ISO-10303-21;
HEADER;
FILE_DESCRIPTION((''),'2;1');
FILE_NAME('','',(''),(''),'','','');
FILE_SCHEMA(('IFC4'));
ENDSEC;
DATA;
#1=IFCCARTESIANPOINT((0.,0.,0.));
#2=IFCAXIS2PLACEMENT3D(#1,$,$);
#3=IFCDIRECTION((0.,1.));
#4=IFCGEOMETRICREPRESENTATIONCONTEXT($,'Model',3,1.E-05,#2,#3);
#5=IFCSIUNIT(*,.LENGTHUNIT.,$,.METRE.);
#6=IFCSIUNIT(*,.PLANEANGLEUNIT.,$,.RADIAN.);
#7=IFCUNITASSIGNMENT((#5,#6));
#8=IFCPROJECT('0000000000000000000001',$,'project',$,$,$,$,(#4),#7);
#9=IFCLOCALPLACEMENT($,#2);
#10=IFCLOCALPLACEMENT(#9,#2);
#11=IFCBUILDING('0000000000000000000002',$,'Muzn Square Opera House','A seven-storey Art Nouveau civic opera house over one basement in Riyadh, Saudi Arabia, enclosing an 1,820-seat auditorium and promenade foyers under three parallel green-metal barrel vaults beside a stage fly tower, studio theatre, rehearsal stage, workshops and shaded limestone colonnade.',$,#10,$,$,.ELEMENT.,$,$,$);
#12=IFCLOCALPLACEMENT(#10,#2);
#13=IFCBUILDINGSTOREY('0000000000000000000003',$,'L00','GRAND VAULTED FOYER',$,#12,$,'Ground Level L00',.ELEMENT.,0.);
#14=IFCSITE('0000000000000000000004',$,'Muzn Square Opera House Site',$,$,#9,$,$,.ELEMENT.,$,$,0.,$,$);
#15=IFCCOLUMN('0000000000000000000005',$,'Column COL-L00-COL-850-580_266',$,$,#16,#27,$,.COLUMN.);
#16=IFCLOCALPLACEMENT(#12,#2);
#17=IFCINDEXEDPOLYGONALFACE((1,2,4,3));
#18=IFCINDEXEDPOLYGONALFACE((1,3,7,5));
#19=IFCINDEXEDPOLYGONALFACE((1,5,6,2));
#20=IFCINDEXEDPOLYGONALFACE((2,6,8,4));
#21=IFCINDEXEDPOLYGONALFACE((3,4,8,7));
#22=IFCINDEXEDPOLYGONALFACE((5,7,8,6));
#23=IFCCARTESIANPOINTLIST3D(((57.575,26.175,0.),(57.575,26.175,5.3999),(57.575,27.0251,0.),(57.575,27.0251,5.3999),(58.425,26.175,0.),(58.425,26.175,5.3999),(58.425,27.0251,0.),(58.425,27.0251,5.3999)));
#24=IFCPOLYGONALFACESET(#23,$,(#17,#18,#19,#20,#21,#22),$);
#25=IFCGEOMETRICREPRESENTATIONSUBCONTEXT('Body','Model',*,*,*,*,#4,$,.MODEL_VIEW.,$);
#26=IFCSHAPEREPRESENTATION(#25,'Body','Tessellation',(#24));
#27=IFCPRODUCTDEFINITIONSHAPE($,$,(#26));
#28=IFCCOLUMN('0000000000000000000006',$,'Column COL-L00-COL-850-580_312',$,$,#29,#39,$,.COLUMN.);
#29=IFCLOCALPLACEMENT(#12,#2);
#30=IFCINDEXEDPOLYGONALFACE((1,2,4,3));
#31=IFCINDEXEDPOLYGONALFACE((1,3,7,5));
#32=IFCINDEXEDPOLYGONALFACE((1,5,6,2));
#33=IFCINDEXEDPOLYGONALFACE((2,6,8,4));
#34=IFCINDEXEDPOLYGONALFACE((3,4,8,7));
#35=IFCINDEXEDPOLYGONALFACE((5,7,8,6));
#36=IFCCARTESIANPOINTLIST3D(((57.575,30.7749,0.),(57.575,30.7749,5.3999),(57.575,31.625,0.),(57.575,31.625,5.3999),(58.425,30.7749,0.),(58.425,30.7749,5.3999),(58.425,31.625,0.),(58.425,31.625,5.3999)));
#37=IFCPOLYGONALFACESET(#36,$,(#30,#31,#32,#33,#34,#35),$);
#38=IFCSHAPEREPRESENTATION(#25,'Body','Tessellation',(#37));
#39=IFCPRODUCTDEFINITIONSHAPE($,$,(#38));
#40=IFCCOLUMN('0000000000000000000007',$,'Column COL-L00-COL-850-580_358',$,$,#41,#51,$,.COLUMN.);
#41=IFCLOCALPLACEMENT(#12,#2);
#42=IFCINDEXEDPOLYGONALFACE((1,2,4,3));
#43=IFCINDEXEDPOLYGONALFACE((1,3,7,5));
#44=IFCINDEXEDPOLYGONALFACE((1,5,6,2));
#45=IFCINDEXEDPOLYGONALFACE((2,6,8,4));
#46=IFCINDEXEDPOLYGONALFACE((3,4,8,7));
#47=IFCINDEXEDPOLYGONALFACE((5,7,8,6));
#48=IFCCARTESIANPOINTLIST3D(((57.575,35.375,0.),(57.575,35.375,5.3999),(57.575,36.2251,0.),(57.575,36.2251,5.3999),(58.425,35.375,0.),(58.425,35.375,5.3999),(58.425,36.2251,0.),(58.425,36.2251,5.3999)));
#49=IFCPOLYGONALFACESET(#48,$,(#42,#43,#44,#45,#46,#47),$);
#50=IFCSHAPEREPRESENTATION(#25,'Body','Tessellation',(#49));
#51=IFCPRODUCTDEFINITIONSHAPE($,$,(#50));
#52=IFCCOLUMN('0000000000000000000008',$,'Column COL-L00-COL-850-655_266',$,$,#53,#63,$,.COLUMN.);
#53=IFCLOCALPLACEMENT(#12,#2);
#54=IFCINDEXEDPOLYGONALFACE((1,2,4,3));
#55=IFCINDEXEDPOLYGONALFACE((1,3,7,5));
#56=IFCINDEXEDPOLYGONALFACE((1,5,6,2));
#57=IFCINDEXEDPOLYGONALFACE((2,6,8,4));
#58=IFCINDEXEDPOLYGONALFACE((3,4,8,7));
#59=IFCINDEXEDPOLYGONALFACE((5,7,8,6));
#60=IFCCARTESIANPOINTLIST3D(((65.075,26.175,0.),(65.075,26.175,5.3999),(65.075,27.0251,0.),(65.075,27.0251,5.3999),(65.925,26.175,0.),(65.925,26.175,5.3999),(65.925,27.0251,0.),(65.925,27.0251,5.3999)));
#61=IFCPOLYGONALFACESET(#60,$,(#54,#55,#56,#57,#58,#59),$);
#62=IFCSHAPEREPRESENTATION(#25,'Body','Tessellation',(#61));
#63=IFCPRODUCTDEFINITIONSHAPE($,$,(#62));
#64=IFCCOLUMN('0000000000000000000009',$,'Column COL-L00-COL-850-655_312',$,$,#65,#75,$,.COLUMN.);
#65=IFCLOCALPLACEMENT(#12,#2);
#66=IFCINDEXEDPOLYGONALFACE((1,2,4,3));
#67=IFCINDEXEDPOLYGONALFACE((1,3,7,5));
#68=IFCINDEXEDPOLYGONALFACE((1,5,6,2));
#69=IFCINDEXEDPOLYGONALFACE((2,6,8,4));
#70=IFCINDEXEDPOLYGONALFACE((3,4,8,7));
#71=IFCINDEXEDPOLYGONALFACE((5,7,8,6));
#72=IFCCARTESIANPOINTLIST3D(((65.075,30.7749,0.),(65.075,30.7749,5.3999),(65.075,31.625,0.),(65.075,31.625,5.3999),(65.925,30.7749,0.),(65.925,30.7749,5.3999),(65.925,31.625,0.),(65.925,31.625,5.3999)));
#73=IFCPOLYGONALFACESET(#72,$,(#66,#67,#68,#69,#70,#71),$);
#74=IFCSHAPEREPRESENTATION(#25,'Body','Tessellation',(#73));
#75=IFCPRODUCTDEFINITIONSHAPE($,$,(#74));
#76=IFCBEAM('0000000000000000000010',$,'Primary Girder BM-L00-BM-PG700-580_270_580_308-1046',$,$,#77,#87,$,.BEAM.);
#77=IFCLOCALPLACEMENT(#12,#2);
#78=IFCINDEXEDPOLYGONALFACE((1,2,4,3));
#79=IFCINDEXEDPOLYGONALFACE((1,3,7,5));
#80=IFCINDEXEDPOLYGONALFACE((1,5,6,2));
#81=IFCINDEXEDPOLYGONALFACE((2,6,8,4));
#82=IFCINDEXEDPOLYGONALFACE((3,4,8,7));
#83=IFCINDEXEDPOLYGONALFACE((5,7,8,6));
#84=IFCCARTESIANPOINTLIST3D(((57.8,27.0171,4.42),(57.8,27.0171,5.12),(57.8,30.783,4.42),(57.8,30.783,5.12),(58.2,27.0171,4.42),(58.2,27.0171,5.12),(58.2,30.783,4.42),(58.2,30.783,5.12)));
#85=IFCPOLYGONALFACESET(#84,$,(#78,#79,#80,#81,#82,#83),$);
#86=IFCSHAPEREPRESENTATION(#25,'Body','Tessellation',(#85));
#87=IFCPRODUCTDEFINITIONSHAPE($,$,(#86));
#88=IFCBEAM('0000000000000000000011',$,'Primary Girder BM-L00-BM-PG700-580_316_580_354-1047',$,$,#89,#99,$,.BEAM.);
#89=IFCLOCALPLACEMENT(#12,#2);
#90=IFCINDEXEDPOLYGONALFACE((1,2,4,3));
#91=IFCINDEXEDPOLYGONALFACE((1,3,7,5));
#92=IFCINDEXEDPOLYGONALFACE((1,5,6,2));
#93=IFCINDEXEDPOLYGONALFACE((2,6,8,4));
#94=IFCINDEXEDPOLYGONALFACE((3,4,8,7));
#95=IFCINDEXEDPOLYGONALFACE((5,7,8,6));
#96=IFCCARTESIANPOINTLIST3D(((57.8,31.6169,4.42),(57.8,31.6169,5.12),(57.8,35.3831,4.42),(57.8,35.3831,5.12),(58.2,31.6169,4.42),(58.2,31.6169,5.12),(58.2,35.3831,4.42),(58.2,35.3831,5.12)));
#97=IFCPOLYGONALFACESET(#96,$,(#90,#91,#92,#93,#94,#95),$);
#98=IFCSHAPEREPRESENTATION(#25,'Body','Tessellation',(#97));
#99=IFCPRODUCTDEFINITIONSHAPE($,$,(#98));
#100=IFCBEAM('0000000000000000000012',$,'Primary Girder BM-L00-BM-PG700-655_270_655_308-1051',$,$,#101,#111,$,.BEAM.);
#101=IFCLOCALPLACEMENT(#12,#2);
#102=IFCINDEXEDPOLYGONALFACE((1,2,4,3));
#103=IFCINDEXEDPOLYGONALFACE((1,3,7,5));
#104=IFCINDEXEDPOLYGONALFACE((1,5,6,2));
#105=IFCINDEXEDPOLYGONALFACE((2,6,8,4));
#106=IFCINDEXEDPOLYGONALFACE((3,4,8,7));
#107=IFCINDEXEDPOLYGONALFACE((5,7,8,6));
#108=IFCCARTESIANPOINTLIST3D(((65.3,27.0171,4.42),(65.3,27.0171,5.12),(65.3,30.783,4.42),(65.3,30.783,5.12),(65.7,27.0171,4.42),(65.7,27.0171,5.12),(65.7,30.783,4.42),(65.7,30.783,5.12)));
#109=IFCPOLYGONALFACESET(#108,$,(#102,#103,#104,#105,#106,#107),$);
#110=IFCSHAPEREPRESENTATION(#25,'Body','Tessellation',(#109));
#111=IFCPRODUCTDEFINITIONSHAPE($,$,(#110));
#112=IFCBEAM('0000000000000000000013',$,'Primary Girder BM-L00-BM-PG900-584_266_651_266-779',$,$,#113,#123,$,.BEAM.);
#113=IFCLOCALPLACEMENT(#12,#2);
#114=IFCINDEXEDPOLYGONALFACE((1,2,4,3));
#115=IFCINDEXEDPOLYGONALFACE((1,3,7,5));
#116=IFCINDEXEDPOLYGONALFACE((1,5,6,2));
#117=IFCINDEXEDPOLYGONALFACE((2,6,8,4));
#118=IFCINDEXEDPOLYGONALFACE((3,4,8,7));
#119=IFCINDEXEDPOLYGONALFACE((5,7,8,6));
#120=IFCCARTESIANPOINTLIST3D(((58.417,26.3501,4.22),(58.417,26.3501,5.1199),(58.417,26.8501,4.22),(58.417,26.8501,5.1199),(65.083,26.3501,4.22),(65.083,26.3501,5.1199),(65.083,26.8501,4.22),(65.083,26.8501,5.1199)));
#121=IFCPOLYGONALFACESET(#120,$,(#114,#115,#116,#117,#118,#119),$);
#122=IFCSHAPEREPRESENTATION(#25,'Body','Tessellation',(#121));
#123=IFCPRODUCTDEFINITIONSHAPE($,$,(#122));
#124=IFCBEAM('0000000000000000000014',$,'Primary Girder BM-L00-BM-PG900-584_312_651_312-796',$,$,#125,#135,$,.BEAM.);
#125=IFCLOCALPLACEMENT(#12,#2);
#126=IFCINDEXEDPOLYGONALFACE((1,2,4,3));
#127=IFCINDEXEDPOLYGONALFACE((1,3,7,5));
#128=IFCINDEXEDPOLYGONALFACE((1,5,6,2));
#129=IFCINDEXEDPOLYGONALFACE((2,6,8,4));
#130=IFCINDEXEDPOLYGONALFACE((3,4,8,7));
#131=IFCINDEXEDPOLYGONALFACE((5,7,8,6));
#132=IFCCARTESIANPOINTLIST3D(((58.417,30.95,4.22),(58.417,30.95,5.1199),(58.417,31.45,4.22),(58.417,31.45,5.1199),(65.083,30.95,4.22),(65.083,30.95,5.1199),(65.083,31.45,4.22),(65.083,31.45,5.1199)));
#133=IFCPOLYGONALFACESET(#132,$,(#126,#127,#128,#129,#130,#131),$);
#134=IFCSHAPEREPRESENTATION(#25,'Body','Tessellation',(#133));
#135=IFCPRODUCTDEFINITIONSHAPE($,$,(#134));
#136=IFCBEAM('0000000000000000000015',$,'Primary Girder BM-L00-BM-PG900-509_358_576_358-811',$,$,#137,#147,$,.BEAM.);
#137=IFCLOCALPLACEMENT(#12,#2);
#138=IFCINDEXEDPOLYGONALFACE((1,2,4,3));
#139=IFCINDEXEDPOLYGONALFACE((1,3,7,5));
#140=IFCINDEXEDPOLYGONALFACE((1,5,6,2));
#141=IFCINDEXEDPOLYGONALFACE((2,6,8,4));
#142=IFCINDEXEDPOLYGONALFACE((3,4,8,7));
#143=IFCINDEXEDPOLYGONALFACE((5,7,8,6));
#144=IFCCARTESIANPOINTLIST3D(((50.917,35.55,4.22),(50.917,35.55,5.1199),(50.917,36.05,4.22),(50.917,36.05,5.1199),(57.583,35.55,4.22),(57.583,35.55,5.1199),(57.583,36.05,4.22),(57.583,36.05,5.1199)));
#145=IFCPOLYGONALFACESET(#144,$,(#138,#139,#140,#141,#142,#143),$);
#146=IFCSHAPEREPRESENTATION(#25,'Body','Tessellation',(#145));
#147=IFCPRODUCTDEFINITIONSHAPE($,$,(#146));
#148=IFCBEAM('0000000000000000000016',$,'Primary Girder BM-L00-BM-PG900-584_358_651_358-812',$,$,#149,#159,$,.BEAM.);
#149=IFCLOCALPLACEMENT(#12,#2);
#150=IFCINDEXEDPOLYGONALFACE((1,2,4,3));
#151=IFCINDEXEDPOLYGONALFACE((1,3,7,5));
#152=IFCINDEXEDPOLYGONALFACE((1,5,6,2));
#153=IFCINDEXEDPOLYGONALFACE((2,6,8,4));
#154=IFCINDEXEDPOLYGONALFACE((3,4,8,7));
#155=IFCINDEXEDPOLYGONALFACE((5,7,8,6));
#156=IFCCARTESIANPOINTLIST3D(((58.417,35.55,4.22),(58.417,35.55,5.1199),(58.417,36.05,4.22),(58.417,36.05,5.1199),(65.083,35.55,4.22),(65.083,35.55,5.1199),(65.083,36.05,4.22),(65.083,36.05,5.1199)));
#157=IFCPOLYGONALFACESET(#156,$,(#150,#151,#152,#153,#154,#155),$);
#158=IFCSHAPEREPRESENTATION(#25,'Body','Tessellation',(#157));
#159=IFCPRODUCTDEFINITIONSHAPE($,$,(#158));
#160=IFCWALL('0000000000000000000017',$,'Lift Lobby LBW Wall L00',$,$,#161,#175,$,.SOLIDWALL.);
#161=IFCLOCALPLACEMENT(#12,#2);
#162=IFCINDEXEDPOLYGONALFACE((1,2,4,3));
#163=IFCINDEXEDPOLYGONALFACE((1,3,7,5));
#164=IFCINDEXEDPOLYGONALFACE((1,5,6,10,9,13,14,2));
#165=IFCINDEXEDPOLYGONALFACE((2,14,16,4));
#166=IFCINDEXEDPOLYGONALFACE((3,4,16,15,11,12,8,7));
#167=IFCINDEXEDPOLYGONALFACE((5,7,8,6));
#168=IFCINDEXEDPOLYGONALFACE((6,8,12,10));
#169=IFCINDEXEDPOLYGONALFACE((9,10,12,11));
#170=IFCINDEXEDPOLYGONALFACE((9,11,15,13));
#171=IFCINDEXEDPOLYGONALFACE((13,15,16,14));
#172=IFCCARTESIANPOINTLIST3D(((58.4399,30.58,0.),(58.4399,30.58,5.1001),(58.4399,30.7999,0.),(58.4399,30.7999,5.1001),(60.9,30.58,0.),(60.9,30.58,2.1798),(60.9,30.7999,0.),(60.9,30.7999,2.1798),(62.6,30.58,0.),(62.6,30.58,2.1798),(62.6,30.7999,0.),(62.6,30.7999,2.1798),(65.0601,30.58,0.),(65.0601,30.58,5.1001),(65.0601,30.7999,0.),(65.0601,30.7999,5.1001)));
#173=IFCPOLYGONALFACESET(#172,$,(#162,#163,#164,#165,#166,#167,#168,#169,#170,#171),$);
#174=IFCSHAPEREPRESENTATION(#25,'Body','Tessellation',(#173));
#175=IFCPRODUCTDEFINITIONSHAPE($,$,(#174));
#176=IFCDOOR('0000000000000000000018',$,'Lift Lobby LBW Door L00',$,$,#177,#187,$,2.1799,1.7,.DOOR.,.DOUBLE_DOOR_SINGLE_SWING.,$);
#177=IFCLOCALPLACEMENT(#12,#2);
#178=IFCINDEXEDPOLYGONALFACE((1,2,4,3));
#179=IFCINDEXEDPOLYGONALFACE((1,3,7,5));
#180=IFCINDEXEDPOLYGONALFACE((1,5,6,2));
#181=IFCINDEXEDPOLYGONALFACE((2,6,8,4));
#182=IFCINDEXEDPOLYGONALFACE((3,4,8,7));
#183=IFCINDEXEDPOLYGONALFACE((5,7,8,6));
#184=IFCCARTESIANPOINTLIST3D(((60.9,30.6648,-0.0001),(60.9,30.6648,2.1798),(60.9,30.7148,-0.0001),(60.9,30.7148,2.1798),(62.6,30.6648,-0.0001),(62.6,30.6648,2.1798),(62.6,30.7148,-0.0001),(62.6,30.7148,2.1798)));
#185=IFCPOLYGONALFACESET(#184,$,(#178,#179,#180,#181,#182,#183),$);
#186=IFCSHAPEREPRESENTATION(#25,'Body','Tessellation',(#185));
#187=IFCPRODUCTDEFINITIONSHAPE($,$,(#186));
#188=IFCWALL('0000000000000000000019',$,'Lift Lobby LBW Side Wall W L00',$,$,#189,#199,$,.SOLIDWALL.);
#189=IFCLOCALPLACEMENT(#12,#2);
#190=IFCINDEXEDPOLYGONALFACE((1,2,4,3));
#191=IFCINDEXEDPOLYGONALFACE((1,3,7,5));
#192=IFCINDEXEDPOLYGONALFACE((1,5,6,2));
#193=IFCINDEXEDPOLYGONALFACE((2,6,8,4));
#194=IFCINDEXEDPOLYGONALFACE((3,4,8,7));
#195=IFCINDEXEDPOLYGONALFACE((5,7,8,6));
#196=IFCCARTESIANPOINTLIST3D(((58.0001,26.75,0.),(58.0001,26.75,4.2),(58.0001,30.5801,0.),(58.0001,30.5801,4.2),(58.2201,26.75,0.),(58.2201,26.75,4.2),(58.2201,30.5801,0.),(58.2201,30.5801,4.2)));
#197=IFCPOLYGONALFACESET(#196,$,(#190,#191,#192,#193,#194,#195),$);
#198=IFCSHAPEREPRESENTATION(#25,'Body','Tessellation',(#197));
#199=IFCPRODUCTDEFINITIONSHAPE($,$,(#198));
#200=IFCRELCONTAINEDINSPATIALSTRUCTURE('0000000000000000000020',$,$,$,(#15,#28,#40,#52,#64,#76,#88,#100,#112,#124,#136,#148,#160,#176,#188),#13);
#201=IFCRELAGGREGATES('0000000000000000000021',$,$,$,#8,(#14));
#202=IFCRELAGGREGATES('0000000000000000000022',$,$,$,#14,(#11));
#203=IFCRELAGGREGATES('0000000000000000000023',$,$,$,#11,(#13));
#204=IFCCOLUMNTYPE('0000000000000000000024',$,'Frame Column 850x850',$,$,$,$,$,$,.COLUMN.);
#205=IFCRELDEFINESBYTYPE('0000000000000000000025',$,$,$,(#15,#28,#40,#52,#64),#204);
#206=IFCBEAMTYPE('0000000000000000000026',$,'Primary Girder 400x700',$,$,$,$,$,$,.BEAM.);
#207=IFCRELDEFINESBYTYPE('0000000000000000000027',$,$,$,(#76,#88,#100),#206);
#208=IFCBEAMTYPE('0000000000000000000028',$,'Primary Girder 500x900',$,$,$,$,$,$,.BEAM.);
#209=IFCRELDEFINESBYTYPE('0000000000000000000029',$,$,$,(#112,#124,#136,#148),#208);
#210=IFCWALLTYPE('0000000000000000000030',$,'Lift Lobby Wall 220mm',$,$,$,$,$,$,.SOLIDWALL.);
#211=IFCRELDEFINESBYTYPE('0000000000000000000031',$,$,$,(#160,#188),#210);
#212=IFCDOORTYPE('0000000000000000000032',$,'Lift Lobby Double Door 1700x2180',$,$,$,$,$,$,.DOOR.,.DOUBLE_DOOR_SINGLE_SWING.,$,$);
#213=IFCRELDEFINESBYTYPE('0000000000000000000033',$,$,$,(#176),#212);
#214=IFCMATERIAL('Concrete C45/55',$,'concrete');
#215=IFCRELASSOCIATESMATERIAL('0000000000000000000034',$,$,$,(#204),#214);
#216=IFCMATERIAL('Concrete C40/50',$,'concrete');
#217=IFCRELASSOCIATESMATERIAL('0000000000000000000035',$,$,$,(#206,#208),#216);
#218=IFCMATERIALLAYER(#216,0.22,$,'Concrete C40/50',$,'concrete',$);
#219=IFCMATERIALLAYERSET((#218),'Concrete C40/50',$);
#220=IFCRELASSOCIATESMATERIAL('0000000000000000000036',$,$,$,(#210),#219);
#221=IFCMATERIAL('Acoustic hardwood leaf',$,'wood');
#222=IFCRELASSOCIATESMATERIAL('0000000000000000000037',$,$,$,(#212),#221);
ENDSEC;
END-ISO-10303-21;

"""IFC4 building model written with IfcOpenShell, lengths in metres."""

from ifc_helpers import new_model, si_unit, direction, frame, frame_2d, origin, origin_2d, place, context, subcontext, project, spatial, rectangle, extrude, material, layer, layer_set, material_profile, profile_set, type_object, element, fill, save


model = new_model("IFC4")

# Units and contexts
model_context = context("Model", 3, precision=1e-05, world=origin(), true_north=direction((0.0, 1.0)))
body_context = subcontext(model_context, "Body", "Model", "MODEL_VIEW")
ifc_project = project(units=[si_unit("LENGTHUNIT", "METRE"), si_unit("PLANEANGLEUNIT", "RADIAN")], contexts=[model_context])

# Site, building, storey
site_placement = place(None, origin())
site = spatial("IfcSite", under=ifc_project, at=site_placement, Name="Muzn Square Opera House Site", CompositionType="ELEMENT", RefElevation=0.0)
building_placement = place(site_placement, origin())
building = spatial("IfcBuilding", under=site, at=building_placement, Name="Muzn Square Opera House", Description="A seven-storey Art Nouveau civic opera house over one basement in Riyadh, Saudi Arabia, enclosing an 1,820-seat auditorium and promenade foyers under three parallel green-metal barrel vaults beside a stage fly tower, studio theatre, rehearsal stage, workshops and shaded limestone colonnade.", CompositionType="ELEMENT")
storey_placement = place(building_placement, origin())
storey = spatial("IfcBuildingStorey", under=building, at=storey_placement, Name="L00", Description="GRAND VAULTED FOYER", LongName="Ground Level L00", CompositionType="ELEMENT", Elevation=0.0)

# Columns
ifc_material_1 = material(Name="Concrete C45/55", Category="concrete")
ifc_material_profile_1 = material_profile(ifc_material_1, rectangle(XDim=0.8501, YDim=0.8501, at=origin_2d()), Name="RC 850x850", Category="concrete")
ifc_profile_set_1 = profile_set([ifc_material_profile_1], Name="Concrete C45/55")
column_type = type_object("IfcColumnType", Name="Frame Column 850x850", PredefinedType="COLUMN", material=ifc_profile_set_1)
for number, where, z_axis, x_axis, name in (
    (1, (58.0, 26.6001, 0.0), (0.0, 0.0, 1.0), (1.0, 0.0, 0.0), "Column COL-L00-COL-850-580_266"),
    (2, (58.0, 31.2, 0.0), (0.0, 0.0, 1.0), (1.0, 0.0, 0.0), "Column COL-L00-COL-850-580_312"),
    (3, (58.0, 35.8, 0.0), (0.0, 0.0, 1.0), (1.0, 0.0, 0.0), "Column COL-L00-COL-850-580_358"),
    (4, (65.5, 26.6001, 0.0), (0.0, 0.0, 1.0), (1.0, 0.0, 0.0), "Column COL-L00-COL-850-655_266"),
    (5, (65.5, 31.2, 0.0), (0.0, 0.0, 1.0), (1.0, 0.0, 0.0), "Column COL-L00-COL-850-655_312"),
):
    element("IfcColumn", number, at=place(storey_placement, frame(where, z_axis=z_axis, x_axis=x_axis)), inside=storey, type_object=column_type, Name=name, PredefinedType="COLUMN", context=body_context, shape_type="SweptSolid", body=[
        extrude(rectangle(XDim=0.8501, YDim=0.8501, at=origin_2d()), origin(), (0.0, 0.0, 1.0), 5.3999),
    ])

# Beams
ifc_material_2 = material(Name="Concrete C40/50", Category="concrete")
ifc_material_profile_2 = material_profile(ifc_material_2, rectangle(XDim=0.3999, YDim=0.7, at=origin_2d()), Name="RCB 400x700", Category="concrete")
ifc_profile_set_2 = profile_set([ifc_material_profile_2], Name="Concrete C40/50")
beam_type_1 = type_object("IfcBeamType", Name="Primary Girder 400x700", PredefinedType="BEAM", material=ifc_profile_set_2)
beam_1_placement = place(storey_placement, frame((58.0, 27.0171, 4.77), z_axis=(0.0, 1.0, 0.0), x_axis=(-1.0, 0.0, 0.0)))
element("IfcBeam", 6, at=beam_1_placement, inside=storey, type_object=beam_type_1, Name="Primary Girder BM-L00-BM-PG700-580_270_580_308-1046", PredefinedType="BEAM", context=body_context, shape_type="SweptSolid", body=[
    extrude(rectangle(XDim=0.3999, YDim=0.7, at=origin_2d()), origin(), (0.0, 0.0, 1.0), 3.7659),
])
beam_2_placement = place(storey_placement, frame((58.0, 31.6169, 4.77), z_axis=(0.0, 1.0, 0.0), x_axis=(-1.0, 0.0, 0.0)))
element("IfcBeam", 7, at=beam_2_placement, inside=storey, type_object=beam_type_1, Name="Primary Girder BM-L00-BM-PG700-580_316_580_354-1047", PredefinedType="BEAM", context=body_context, shape_type="SweptSolid", body=[
    extrude(rectangle(XDim=0.3999, YDim=0.7, at=origin_2d()), origin(), (0.0, 0.0, 1.0), 3.7661),
])
beam_3_placement = place(storey_placement, frame((65.5, 27.0171, 4.77), z_axis=(0.0, 1.0, 0.0), x_axis=(-1.0, 0.0, 0.0)))
element("IfcBeam", 8, at=beam_3_placement, inside=storey, type_object=beam_type_1, Name="Primary Girder BM-L00-BM-PG700-655_270_655_308-1051", PredefinedType="BEAM", context=body_context, shape_type="SweptSolid", body=[
    extrude(rectangle(XDim=0.3999, YDim=0.7, at=origin_2d()), origin(), (0.0, 0.0, 1.0), 3.7659),
])
ifc_material_profile_3 = material_profile(ifc_material_2, rectangle(XDim=0.5, YDim=0.8999, at=origin_2d()), Name="RCB 500x900", Category="concrete")
ifc_profile_set_3 = profile_set([ifc_material_profile_3], Name="Concrete C40/50")
beam_type_2 = type_object("IfcBeamType", Name="Primary Girder 500x900", PredefinedType="BEAM", material=ifc_profile_set_3)
for number, where, z_axis, x_axis, name in (
    (9, (58.417, 26.6001, 4.6699), (1.0, 0.0, 0.0), (0.0, 1.0, 0.0), "Primary Girder BM-L00-BM-PG900-584_266_651_266-779"),
    (10, (58.417, 31.2, 4.6699), (1.0, 0.0, 0.0), (0.0, 1.0, 0.0), "Primary Girder BM-L00-BM-PG900-584_312_651_312-796"),
    (11, (50.917, 35.8, 4.6699), (1.0, 0.0, 0.0), (0.0, 1.0, 0.0), "Primary Girder BM-L00-BM-PG900-509_358_576_358-811"),
    (12, (58.417, 35.8, 4.6699), (1.0, 0.0, 0.0), (0.0, 1.0, 0.0), "Primary Girder BM-L00-BM-PG900-584_358_651_358-812"),
):
    element("IfcBeam", number, at=place(storey_placement, frame(where, z_axis=z_axis, x_axis=x_axis)), inside=storey, type_object=beam_type_2, Name=name, PredefinedType="BEAM", context=body_context, shape_type="SweptSolid", body=[
        extrude(rectangle(XDim=0.5, YDim=0.8999, at=origin_2d()), origin(), (0.0, 0.0, 1.0), 6.666),
    ])

# Wall, opening, door
ifc_layer_1 = layer(ifc_material_2, 0.22, Name="Concrete C40/50", Category="concrete")
ifc_layer_set_1 = layer_set([ifc_layer_1], Name="Concrete C40/50")
wall_type_1 = type_object("IfcWallType", Name="Lift Lobby Wall 220mm", PredefinedType="SOLIDWALL", material=ifc_layer_set_1)
wall_1_placement = place(storey_placement, frame((58.4399, 30.6899, 0.0), z_axis=(0.0, 0.0, 1.0), x_axis=(1.0, 0.0, 0.0)))
wall_1 = element("IfcWall", 13, at=wall_1_placement, inside=storey, type_object=wall_type_1, Name="Lift Lobby LBW Wall L00", PredefinedType="SOLIDWALL", context=body_context, shape_type="SweptSolid", body=[
    extrude(rectangle(XDim=6.6201, YDim=0.22, at=frame_2d((3.3101, 0.0))), origin(), (0.0, 0.0, 1.0), 5.1001),
])
opening_1_placement = place(wall_1_placement, frame((2.46, 0.0, 0.0)))
opening_1 = element("IfcOpeningElement", 14, at=opening_1_placement, cuts=wall_1, PredefinedType="OPENING", context=body_context, shape_type="SweptSolid", body=[
    extrude(rectangle(XDim=1.7, YDim=2.1799, at=frame_2d((0.8501, 1.0898))), frame((0.0, 0.1199, 0.0), z_axis=(0.0, -1.0, 0.0), x_axis=(1.0, 0.0, 0.0)), (0.0, 0.0, 1.0), 0.24),
])
ifc_material_3 = material(Name="Acoustic hardwood leaf", Category="wood")
door_type_1 = type_object("IfcDoorType", Name="Lift Lobby Double Door 1700x2180", OperationType="DOUBLE_DOOR_SINGLE_SWING", PredefinedType="DOOR", material=ifc_material_3)
door_1_placement = place(opening_1_placement, origin())
door_1 = element("IfcDoor", 15, at=door_1_placement, inside=storey, type_object=door_type_1, Name="Lift Lobby LBW Door L00", OperationType="DOUBLE_DOOR_SINGLE_SWING", OverallHeight=2.1799, OverallWidth=1.7, PredefinedType="DOOR", context=body_context, shape_type="SweptSolid", body=[
    extrude(rectangle(XDim=1.7, YDim=2.1799, at=frame_2d((0.8501, 1.0898))), frame((0.0, 0.0249, 0.0), z_axis=(0.0, -1.0, 0.0), x_axis=(1.0, 0.0, 0.0)), (0.0, 0.0, 1.0), 0.05),
])
fill(opening_1, door_1)

# Wall
for number, where, z_axis, x_axis, name in (
    (16, (58.1101, 26.75, 0.0), (0.0, 0.0, 1.0), (0.0, 1.0, 0.0), "Lift Lobby LBW Side Wall W L00"),
):
    element("IfcWall", number, at=place(storey_placement, frame(where, z_axis=z_axis, x_axis=x_axis)), inside=storey, type_object=wall_type_1, Name=name, PredefinedType="SOLIDWALL", context=body_context, shape_type="SweptSolid", body=[
        extrude(rectangle(XDim=3.8301, YDim=0.22, at=frame_2d((1.915, 0.0))), origin(), (0.0, 0.0, 1.0), 4.2),
    ])

save(model, "model.ifc")
